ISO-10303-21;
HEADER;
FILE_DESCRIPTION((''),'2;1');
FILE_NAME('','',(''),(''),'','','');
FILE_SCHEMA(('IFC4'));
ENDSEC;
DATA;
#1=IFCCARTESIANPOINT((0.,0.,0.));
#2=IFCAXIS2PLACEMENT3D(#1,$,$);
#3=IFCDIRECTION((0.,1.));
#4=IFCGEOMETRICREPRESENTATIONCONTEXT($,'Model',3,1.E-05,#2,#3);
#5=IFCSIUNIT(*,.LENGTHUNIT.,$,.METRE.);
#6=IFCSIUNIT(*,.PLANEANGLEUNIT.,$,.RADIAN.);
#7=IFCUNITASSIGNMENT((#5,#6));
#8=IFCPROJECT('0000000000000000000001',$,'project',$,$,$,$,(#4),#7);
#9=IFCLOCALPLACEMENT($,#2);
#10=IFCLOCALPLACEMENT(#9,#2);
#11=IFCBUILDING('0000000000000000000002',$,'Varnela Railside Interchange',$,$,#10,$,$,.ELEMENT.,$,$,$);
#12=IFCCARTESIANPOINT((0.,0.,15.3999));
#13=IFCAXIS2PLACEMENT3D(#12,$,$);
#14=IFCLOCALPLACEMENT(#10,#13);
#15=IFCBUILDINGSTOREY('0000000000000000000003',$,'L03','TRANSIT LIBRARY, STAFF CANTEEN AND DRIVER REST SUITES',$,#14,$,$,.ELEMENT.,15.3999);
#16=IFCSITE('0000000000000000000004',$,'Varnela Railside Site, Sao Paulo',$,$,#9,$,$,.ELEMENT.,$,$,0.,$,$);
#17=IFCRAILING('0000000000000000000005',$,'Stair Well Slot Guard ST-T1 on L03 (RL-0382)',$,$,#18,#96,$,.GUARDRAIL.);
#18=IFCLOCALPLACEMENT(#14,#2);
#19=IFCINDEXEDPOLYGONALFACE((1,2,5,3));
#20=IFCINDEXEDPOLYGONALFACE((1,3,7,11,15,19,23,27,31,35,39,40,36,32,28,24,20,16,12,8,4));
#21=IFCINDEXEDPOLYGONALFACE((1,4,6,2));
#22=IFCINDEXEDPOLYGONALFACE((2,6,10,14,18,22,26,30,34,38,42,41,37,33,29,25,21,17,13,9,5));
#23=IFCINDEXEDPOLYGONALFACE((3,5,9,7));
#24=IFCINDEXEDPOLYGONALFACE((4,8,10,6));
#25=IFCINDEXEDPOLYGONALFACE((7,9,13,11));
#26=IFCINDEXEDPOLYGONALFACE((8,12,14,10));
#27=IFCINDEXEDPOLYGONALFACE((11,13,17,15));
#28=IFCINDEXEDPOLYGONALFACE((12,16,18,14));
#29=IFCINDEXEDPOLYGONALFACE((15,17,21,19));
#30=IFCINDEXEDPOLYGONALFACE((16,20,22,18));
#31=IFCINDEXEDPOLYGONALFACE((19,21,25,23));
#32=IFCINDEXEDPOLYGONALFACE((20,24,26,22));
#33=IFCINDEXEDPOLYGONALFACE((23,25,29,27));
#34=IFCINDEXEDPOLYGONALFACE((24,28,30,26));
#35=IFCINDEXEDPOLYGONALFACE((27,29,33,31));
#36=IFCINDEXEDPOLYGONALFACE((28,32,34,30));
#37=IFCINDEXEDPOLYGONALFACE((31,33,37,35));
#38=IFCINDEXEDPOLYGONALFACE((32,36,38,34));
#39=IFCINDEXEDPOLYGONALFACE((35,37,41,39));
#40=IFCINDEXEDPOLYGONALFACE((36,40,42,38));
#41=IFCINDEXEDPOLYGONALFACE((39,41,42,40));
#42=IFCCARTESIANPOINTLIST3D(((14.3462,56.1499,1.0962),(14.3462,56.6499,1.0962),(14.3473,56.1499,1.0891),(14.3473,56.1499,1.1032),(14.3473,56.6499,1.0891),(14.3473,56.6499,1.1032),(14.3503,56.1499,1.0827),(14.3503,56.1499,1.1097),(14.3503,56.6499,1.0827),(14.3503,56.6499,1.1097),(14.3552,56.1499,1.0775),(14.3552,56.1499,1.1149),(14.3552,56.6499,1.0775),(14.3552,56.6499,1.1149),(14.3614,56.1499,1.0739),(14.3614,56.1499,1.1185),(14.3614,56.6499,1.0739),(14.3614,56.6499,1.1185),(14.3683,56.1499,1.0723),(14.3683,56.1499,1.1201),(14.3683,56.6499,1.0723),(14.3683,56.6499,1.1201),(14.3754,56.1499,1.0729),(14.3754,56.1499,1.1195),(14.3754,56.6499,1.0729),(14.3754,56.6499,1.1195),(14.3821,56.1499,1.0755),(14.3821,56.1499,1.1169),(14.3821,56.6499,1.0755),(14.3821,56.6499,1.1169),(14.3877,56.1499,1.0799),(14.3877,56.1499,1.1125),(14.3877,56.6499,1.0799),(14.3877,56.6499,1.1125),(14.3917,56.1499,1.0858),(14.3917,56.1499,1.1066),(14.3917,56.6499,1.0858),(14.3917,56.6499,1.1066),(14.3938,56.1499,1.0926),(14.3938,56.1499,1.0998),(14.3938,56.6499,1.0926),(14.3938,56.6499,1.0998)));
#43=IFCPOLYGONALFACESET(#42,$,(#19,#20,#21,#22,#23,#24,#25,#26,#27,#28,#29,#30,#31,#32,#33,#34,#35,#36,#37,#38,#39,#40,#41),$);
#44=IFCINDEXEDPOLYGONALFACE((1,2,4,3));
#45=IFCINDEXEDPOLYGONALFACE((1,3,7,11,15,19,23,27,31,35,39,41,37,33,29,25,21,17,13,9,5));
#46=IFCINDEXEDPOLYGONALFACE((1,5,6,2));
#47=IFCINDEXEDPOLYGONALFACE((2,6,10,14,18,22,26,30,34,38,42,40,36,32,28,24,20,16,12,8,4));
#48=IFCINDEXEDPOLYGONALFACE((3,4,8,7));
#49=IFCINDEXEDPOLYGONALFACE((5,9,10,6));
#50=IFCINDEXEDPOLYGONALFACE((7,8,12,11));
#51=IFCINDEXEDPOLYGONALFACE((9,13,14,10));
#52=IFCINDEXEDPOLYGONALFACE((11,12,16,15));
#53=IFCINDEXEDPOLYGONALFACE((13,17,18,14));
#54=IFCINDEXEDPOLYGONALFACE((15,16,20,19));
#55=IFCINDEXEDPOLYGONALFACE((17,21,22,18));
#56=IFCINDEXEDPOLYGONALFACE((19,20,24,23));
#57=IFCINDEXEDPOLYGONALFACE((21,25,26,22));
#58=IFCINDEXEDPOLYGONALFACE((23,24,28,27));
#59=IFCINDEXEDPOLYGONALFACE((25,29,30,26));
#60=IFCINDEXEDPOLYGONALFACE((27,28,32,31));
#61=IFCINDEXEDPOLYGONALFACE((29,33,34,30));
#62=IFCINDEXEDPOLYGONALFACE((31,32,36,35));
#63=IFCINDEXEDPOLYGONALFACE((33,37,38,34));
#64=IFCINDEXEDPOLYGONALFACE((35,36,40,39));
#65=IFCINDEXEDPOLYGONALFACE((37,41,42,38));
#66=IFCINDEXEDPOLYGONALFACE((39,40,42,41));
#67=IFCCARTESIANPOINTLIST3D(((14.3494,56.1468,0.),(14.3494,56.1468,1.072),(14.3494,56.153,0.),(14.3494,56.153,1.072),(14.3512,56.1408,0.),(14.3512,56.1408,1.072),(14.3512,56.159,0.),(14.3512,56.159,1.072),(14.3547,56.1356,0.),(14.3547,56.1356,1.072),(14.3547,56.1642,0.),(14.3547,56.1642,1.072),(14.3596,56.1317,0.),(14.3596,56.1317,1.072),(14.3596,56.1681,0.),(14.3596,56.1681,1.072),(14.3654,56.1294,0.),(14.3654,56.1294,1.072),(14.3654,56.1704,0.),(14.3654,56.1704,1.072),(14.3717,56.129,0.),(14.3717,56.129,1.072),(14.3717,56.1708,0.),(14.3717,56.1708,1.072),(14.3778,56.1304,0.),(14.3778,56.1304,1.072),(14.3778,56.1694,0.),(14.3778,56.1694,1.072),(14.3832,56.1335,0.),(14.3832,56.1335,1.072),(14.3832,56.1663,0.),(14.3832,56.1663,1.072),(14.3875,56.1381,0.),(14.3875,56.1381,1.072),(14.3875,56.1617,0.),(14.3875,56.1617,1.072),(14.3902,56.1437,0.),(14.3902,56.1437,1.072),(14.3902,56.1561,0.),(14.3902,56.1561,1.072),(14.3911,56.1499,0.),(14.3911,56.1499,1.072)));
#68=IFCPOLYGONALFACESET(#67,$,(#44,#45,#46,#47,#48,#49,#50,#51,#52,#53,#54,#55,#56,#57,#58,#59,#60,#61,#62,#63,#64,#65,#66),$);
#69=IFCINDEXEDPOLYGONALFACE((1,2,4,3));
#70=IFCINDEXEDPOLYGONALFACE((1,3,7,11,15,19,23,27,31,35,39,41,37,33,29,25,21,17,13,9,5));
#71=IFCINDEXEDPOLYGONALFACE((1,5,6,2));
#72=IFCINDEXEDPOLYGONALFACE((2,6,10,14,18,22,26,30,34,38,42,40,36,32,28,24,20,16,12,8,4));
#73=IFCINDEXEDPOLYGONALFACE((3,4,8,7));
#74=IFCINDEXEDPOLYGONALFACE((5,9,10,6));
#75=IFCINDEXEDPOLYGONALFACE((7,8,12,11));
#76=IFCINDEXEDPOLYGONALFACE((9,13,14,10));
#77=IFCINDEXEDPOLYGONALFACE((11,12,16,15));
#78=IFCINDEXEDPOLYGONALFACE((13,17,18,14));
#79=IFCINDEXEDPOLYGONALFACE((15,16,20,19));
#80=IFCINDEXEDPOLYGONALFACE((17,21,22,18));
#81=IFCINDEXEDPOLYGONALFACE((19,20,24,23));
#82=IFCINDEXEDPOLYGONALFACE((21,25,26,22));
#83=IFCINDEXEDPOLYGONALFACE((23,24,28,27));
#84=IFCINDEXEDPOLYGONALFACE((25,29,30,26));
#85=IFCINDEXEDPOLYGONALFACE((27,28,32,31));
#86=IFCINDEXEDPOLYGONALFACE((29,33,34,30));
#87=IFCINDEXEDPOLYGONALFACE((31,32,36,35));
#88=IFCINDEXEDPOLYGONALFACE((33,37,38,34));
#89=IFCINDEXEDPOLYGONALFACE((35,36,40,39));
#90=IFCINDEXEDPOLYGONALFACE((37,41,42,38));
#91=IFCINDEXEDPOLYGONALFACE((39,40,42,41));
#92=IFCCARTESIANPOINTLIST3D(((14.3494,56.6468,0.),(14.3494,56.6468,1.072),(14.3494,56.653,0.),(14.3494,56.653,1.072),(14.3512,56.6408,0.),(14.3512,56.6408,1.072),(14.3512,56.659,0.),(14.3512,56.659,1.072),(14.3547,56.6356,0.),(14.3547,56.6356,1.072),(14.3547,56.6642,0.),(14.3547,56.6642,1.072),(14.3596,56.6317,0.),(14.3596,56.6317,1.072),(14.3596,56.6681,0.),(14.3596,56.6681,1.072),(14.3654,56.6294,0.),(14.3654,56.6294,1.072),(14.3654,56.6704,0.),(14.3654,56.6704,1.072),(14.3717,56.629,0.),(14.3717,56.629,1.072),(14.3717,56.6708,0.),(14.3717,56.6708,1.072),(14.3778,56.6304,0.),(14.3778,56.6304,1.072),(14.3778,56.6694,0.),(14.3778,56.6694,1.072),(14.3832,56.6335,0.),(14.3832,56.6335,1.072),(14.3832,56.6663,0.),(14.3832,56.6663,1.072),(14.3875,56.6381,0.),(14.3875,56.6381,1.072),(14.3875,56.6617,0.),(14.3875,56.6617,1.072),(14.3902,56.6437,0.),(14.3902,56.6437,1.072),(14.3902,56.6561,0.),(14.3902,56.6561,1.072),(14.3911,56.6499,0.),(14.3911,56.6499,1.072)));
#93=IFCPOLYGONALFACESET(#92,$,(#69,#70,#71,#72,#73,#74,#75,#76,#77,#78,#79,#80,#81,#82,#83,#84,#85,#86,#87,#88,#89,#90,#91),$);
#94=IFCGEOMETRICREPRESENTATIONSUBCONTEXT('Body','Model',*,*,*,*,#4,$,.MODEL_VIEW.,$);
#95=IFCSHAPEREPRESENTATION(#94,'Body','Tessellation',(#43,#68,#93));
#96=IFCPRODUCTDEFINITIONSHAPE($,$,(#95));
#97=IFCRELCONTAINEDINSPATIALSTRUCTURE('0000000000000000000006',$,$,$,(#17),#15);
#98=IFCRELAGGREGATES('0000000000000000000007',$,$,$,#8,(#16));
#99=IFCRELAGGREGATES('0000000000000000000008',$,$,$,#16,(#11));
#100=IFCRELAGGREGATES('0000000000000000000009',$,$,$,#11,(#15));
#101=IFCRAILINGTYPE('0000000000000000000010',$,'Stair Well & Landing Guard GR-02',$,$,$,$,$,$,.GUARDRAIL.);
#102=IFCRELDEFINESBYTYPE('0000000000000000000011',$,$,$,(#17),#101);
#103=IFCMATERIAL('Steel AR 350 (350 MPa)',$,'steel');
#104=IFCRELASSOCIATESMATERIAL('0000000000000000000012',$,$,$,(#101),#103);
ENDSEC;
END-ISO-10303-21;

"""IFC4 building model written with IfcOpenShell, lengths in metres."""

from ifc_helpers import new_model, si_unit, direction, frame, origin, origin_2d, place, context, subcontext, project, spatial, circle, extrude, material, type_object, element, save


model = new_model("IFC4")

# Units and contexts
model_context = context("Model", 3, precision=1e-05, world=origin(), true_north=direction((0.0, 1.0)))
body_context = subcontext(model_context, "Body", "Model", "MODEL_VIEW")
ifc_project = project(units=[si_unit("LENGTHUNIT", "METRE"), si_unit("PLANEANGLEUNIT", "RADIAN")], contexts=[model_context])

# Site, building, storey
site_placement = place(None, origin())
site = spatial("IfcSite", under=ifc_project, at=site_placement, Name="Varnela Railside Site, Sao Paulo", CompositionType="ELEMENT", RefElevation=0.0)
building_placement = place(site_placement, origin())
building = spatial("IfcBuilding", under=site, at=building_placement, Name="Varnela Railside Interchange", CompositionType="ELEMENT")
storey_placement = place(building_placement, frame((0.0, 0.0, 15.3999)))
storey = spatial("IfcBuildingStorey", under=building, at=storey_placement, Name="L03", Description="TRANSIT LIBRARY, STAFF CANTEEN AND DRIVER REST SUITES", CompositionType="ELEMENT", Elevation=15.3999)

# Shared definitions
ifc_material_1 = material(Name="Steel AR 350 (350 MPa)", Category="steel")

# Railing
railing_type_1 = type_object("IfcRailingType", Name="Stair Well & Landing Guard GR-02", PredefinedType="GUARDRAIL", material=ifc_material_1)
railing_1_placement = place(storey_placement, frame((14.3701, 56.1499, 0.0)))
element("IfcRailing", 1, at=railing_1_placement, inside=storey, type_object=railing_type_1, Name="Stair Well Slot Guard ST-T1 on L03 (RL-0382)", PredefinedType="GUARDRAIL", context=body_context, shape_type="SweptSolid", body=[
    extrude(circle(Radius=0.0239, at=origin_2d()), frame((0.0, 0.0, 1.0962), z_axis=(0.0, 1.0, 0.0), x_axis=(-1.0, 0.0, 0.0)), (0.0, 0.0, 1.0), 0.5),
    extrude(circle(Radius=0.021, at=origin_2d()), origin(), (0.0, 0.0, 1.0), 1.072),
    extrude(circle(Radius=0.021, at=origin_2d()), frame((0.0, 0.5, 0.0)), (0.0, 0.0, 1.0), 1.072),
])

save(model, "model.ifc")
